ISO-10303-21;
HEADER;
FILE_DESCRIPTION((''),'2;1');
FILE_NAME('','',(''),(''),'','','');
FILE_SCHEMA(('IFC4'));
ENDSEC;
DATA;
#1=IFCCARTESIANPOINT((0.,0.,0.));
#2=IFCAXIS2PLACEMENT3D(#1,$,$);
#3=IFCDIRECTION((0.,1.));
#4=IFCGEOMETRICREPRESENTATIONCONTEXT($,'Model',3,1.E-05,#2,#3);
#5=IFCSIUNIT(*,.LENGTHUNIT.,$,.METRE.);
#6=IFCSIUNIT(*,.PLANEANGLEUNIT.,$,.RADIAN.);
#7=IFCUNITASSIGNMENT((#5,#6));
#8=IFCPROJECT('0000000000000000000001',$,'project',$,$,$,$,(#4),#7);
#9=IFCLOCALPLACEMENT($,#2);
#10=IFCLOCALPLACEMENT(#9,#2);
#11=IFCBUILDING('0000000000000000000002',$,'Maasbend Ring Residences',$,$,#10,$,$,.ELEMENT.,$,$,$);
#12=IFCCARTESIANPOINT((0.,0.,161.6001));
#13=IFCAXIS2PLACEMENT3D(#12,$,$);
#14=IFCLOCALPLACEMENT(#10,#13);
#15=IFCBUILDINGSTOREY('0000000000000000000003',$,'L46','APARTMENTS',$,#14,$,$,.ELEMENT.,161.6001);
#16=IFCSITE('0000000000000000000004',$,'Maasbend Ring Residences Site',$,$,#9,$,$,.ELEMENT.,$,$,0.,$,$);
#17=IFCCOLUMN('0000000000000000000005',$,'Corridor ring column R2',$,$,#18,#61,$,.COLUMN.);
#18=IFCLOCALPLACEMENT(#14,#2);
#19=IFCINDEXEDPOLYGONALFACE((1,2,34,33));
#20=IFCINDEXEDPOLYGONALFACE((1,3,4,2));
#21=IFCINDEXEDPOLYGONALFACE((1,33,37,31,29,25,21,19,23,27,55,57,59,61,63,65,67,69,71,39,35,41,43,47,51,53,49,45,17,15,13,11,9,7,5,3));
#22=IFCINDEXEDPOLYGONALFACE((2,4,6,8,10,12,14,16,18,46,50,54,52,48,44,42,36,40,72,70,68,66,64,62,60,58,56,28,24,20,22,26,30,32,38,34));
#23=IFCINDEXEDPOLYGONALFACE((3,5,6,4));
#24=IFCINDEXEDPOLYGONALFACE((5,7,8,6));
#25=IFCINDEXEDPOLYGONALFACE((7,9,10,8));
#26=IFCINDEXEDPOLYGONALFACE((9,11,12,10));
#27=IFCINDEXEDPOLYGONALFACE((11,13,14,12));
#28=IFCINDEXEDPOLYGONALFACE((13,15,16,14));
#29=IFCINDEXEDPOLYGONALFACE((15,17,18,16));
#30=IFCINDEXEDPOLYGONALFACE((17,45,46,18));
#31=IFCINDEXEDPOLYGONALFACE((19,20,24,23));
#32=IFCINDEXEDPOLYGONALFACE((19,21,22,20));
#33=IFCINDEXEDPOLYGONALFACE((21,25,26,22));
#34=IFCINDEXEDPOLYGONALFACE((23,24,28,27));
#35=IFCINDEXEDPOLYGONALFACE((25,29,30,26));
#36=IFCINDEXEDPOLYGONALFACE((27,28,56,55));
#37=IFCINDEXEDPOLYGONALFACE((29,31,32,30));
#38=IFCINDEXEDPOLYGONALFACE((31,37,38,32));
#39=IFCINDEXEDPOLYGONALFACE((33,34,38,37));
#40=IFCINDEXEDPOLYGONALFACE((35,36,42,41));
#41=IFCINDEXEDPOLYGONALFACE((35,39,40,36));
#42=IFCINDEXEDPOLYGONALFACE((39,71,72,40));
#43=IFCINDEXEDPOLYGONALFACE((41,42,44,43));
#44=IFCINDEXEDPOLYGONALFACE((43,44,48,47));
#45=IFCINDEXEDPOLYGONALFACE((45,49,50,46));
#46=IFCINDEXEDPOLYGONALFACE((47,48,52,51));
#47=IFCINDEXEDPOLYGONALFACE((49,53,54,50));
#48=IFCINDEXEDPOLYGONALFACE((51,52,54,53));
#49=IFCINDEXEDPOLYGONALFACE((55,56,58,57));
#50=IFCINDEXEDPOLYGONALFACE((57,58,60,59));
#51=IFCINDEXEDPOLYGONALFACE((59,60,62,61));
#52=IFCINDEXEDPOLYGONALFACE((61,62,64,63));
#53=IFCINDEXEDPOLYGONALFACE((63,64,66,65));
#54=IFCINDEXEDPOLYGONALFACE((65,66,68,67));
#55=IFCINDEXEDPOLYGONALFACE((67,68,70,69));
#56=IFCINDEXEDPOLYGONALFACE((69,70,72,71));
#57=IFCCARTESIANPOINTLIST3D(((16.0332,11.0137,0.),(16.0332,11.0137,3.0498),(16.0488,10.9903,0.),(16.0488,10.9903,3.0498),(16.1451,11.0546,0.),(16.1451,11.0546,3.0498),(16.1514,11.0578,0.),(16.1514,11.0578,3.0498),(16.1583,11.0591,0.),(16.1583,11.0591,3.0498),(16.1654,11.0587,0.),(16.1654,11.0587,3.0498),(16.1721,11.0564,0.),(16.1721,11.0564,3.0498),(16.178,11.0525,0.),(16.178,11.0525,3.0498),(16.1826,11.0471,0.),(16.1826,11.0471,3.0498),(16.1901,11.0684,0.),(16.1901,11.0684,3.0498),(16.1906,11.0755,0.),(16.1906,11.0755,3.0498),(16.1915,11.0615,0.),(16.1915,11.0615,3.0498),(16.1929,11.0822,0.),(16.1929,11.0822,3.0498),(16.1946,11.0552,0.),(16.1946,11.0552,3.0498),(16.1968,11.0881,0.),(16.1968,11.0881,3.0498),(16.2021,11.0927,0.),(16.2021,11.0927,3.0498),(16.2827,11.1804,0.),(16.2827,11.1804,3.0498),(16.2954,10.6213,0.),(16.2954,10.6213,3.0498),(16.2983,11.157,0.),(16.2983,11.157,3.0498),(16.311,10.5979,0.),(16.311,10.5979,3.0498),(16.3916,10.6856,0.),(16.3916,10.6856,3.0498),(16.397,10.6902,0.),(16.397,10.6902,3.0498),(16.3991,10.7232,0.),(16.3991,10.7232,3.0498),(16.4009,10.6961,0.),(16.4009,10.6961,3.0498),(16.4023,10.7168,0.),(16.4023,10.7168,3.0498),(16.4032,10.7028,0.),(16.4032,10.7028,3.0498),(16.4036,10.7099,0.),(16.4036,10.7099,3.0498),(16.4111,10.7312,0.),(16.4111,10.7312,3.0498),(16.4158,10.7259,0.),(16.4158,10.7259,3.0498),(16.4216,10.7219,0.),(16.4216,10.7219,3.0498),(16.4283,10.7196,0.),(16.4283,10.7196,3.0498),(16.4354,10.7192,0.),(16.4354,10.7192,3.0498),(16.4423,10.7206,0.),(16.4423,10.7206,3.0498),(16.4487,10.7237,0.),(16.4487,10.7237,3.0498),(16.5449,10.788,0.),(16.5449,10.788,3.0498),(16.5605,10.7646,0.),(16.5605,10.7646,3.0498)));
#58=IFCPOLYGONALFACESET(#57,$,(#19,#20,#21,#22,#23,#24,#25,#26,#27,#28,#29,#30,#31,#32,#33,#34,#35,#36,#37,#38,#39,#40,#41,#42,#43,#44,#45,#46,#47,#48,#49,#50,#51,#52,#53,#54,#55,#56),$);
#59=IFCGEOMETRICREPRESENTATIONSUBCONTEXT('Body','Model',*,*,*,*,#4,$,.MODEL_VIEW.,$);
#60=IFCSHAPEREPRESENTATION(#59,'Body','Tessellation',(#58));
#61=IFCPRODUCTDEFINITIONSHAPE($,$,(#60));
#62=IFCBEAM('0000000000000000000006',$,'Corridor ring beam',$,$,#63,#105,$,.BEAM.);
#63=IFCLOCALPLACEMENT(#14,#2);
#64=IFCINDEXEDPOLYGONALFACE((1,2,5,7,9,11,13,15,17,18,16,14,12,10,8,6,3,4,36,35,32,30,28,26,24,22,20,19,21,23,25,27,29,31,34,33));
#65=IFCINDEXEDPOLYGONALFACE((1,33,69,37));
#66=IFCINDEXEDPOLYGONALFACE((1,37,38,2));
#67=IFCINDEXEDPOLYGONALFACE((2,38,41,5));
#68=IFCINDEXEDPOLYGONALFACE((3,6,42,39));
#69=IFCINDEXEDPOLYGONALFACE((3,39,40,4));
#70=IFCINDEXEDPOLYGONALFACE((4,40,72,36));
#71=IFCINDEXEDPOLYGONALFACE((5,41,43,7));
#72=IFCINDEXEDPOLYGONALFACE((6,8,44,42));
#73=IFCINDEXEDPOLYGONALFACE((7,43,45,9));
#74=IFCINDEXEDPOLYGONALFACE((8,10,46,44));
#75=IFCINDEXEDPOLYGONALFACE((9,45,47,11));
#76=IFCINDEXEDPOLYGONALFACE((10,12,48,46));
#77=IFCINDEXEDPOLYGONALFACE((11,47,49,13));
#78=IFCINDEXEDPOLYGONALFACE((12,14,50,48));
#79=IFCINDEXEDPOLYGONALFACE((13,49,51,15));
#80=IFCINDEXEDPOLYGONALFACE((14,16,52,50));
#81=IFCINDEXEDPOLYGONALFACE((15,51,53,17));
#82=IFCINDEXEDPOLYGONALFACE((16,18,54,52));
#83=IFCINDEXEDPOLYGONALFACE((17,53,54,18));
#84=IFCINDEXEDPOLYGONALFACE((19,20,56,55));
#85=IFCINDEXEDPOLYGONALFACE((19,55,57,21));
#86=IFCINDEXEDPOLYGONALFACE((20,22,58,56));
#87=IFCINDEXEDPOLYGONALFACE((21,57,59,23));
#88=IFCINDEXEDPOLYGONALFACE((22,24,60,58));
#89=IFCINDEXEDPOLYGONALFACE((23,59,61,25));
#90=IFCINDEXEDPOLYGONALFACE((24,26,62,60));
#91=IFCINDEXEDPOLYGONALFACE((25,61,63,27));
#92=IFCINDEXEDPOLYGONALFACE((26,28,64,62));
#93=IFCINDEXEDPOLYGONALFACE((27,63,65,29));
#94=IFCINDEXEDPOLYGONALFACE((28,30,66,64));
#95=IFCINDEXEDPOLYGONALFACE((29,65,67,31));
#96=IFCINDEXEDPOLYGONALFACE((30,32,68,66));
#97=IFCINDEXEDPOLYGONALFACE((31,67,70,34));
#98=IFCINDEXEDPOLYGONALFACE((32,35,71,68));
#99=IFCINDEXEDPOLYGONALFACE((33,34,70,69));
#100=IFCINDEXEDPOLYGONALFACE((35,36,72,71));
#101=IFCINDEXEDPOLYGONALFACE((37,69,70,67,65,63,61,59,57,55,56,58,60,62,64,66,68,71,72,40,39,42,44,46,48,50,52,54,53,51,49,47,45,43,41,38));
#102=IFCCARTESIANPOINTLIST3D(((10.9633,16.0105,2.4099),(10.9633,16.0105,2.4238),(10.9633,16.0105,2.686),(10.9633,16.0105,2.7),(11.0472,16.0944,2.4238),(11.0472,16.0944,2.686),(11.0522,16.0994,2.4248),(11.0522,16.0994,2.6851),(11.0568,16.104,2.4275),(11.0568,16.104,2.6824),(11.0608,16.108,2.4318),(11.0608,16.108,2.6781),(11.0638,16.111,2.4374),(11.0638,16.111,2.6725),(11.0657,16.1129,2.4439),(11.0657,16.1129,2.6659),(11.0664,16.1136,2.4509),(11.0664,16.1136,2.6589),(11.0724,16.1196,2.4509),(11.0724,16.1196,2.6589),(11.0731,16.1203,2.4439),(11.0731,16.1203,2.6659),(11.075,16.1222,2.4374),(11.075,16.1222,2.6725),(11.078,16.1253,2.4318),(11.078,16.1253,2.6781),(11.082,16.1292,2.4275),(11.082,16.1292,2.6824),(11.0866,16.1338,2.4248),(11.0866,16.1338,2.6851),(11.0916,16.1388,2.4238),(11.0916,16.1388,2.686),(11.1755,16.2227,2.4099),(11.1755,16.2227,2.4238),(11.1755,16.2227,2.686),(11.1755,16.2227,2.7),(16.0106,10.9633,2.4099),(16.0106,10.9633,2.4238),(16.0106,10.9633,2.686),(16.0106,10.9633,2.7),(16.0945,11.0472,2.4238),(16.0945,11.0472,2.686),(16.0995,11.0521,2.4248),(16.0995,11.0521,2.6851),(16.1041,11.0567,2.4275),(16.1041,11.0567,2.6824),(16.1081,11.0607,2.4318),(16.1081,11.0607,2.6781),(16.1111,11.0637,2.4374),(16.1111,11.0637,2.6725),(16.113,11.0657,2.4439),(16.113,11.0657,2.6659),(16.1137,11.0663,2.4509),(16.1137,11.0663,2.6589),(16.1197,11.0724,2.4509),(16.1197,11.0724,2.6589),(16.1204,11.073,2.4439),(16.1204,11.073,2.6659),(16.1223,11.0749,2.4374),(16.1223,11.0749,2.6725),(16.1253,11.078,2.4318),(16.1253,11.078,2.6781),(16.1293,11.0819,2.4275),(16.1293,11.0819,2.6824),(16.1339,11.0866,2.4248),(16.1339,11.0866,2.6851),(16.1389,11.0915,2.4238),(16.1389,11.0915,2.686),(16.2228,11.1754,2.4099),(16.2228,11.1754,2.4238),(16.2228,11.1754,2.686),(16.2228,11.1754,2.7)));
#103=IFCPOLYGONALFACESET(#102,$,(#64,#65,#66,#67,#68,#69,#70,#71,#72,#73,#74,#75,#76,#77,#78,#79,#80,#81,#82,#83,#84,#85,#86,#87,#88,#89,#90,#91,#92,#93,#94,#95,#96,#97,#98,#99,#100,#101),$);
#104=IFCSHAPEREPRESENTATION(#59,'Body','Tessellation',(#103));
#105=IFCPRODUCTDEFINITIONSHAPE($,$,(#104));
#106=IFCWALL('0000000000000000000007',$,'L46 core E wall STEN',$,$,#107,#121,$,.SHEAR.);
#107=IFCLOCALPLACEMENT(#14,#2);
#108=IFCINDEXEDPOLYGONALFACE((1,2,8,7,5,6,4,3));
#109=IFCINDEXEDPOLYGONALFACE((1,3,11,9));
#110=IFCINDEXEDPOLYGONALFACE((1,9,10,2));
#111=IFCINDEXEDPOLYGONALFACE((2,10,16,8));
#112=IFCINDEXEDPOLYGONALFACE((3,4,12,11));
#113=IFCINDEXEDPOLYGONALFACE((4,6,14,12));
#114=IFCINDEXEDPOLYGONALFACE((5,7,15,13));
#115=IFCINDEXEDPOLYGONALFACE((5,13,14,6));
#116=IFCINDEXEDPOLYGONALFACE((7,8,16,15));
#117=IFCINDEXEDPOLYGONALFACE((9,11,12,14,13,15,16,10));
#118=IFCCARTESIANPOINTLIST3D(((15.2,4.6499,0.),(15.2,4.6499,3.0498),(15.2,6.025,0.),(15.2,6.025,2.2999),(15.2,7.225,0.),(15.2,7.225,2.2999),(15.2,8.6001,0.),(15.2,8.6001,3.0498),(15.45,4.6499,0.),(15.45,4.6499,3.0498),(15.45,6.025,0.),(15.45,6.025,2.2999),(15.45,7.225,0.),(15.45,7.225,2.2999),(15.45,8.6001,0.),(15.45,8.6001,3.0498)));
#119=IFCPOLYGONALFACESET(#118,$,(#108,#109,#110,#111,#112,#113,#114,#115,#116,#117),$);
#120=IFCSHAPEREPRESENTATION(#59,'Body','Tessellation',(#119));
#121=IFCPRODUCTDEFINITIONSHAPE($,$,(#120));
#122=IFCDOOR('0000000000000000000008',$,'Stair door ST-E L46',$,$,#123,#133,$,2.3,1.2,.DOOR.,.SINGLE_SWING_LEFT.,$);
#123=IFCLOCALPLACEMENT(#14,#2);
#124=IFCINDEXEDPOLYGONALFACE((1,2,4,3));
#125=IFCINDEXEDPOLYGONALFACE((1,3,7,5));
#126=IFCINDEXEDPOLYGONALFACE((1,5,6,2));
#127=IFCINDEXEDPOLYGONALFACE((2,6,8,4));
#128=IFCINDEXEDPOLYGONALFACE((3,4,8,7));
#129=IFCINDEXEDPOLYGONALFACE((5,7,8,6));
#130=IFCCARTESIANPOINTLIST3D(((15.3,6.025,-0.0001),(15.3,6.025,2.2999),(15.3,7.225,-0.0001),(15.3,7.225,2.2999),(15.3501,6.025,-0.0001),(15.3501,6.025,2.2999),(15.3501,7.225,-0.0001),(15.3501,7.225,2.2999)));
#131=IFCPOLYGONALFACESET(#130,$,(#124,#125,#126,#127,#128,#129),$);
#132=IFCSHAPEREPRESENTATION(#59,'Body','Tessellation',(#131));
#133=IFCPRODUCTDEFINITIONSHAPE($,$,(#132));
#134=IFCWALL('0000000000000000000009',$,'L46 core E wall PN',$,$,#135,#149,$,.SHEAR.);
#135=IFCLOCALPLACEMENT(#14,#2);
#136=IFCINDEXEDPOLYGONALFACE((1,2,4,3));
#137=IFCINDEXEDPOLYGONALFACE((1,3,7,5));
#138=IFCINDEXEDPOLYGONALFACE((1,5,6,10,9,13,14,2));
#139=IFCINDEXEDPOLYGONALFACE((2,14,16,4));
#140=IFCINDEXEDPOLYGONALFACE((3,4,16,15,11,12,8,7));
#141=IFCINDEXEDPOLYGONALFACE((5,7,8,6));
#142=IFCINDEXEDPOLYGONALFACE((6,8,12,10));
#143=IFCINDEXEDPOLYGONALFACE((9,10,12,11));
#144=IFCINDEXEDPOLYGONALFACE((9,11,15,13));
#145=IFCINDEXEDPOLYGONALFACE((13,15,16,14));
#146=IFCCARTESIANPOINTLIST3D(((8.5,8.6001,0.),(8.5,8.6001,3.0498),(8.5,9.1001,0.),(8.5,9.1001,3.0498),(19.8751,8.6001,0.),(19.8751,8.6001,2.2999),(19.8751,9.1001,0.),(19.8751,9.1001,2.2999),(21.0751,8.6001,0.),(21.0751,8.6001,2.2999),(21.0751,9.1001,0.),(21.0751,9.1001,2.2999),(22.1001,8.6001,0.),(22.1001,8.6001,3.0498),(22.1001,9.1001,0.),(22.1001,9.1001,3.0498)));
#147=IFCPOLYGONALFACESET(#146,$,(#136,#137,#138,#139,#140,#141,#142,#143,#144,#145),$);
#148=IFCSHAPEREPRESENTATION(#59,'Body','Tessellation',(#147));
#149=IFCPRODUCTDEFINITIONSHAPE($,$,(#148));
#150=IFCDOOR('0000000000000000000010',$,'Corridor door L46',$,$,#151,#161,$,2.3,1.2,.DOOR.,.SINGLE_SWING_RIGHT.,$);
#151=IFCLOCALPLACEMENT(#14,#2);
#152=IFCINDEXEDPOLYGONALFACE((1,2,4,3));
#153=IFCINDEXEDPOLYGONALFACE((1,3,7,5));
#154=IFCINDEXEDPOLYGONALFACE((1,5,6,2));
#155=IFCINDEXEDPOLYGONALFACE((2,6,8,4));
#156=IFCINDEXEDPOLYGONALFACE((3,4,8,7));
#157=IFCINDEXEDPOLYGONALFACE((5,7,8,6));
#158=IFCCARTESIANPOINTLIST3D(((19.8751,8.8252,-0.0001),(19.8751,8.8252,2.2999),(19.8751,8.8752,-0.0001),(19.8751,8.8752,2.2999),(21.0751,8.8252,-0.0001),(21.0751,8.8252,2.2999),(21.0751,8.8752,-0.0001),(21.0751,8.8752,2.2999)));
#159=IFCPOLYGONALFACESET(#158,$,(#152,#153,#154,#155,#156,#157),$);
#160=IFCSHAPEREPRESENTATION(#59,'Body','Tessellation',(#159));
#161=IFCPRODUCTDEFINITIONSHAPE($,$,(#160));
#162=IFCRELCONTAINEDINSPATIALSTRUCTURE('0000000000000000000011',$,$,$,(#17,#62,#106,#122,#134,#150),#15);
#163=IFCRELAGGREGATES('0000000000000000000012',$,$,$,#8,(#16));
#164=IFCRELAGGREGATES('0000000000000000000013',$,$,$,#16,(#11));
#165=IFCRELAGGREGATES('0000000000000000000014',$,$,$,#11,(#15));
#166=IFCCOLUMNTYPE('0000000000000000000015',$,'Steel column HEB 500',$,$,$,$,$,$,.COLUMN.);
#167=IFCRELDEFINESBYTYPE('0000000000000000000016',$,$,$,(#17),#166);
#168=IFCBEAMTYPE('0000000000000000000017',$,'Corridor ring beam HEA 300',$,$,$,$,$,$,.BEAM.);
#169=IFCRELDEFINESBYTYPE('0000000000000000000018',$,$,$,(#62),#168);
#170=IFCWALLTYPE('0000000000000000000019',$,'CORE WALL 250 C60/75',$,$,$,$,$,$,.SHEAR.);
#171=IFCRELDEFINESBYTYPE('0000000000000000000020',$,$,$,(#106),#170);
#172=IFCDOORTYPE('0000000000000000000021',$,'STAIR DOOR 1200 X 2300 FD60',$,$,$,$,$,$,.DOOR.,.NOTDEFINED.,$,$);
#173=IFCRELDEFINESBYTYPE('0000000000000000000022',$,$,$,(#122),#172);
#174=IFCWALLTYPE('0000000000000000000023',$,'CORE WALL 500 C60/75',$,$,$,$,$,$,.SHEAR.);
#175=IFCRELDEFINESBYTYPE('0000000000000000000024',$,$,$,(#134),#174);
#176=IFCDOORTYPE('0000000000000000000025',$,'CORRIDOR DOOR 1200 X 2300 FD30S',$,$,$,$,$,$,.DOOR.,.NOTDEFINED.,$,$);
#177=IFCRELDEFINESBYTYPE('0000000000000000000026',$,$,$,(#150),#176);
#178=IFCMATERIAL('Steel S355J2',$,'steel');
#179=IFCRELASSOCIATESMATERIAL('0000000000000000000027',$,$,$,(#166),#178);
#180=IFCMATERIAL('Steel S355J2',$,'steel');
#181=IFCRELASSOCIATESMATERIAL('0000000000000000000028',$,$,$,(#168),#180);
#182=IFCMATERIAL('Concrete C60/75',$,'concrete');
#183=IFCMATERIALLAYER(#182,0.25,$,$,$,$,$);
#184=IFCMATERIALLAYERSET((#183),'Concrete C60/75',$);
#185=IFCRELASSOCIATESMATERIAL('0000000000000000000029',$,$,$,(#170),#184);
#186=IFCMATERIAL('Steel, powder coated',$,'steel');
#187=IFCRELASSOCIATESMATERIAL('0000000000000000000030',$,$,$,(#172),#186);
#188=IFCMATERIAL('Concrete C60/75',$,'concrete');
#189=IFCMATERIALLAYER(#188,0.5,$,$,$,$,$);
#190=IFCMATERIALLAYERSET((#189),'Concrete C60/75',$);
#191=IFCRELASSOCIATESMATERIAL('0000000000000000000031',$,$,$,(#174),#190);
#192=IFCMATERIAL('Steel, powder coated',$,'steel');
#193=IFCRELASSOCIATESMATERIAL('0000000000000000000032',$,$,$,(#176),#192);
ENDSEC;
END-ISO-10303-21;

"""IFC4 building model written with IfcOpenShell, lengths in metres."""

from ifc_helpers import new_model, si_unit, direction, frame, frame_2d, origin, origin_2d, place, context, subcontext, project, spatial, rectangle, i_section, extrude, material, layer, layer_set, material_profile, profile_set, type_object, element, fill, save


model = new_model("IFC4")

# Units and contexts
model_context = context("Model", 3, precision=1e-05, world=origin(), true_north=direction((0.0, 1.0)))
body_context = subcontext(model_context, "Body", "Model", "MODEL_VIEW")
ifc_project = project(units=[si_unit("LENGTHUNIT", "METRE"), si_unit("PLANEANGLEUNIT", "RADIAN")], contexts=[model_context])

# Site, building, storey
site_placement = place(None, origin())
site = spatial("IfcSite", under=ifc_project, at=site_placement, Name="Maasbend Ring Residences Site", CompositionType="ELEMENT", RefElevation=0.0)
building_placement = place(site_placement, origin())
building = spatial("IfcBuilding", under=site, at=building_placement, Name="Maasbend Ring Residences", CompositionType="ELEMENT")
storey_placement = place(building_placement, frame((0.0, 0.0, 161.6001)))
storey = spatial("IfcBuildingStorey", under=building, at=storey_placement, Name="L46", Description="APARTMENTS", CompositionType="ELEMENT", Elevation=161.6001)

# Column
ifc_material_1 = material(Name="Steel S355J2", Category="steel")
ifc_material_profile_1 = material_profile(ifc_material_1, i_section(OverallWidth=0.3, OverallDepth=0.5, WebThickness=0.0144, FlangeThickness=0.0281, FilletRadius=0.0271, at=origin_2d()), Name="HEB 500")
ifc_profile_set_1 = profile_set([ifc_material_profile_1], Name="Steel S355J2")
column_type = type_object("IfcColumnType", Name="Steel column HEB 500", PredefinedType="COLUMN", material=ifc_profile_set_1)
column_placement = place(storey_placement, frame((16.2969, 10.8892, 0.0), z_axis=(0.0, 0.0, 1.0), x_axis=(0.83147, 0.55557, 0.0)))
element("IfcColumn", 1, at=column_placement, inside=storey, type_object=column_type, Name="Corridor ring column R2", PredefinedType="COLUMN", context=body_context, shape_type="SweptSolid", body=[
    extrude(i_section(OverallWidth=0.3, OverallDepth=0.5, WebThickness=0.0144, FlangeThickness=0.0281, FilletRadius=0.0271, at=origin_2d()), origin(), (0.0, 0.0, 1.0), 3.0498),
])

# Beam
ifc_material_2 = material(Name="Steel S355J2", Category="steel")
ifc_material_profile_2 = material_profile(ifc_material_2, i_section(OverallWidth=0.3, OverallDepth=0.29, WebThickness=0.0085, FlangeThickness=0.0139, FilletRadius=0.0271, at=origin_2d()), Name="HEA 300")
ifc_profile_set_2 = profile_set([ifc_material_profile_2], Name="Steel S355J2")
beam_type = type_object("IfcBeamType", Name="Corridor ring beam HEA 300", PredefinedType="BEAM", material=ifc_profile_set_2)
beam_placement = place(storey_placement, frame((16.1167, 11.0693, 2.5549), z_axis=(-0.707107, 0.707107, 0.0), x_axis=(-0.707107, -0.707107, 0.0)))
element("IfcBeam", 2, at=beam_placement, inside=storey, type_object=beam_type, Name="Corridor ring beam", PredefinedType="BEAM", context=body_context, shape_type="SweptSolid", body=[
    extrude(i_section(OverallWidth=0.3, OverallDepth=0.29, WebThickness=0.0085, FlangeThickness=0.0139, FilletRadius=0.0271, at=origin_2d()), origin(), (0.0, 0.0, 1.0), 7.1379),
])

# Walls, openings, doors
ifc_material_3 = material(Name="Concrete C60/75", Category="concrete")
ifc_layer_1 = layer(ifc_material_3, 0.25)
ifc_layer_set_1 = layer_set([ifc_layer_1], Name="Concrete C60/75")
wall_type_1 = type_object("IfcWallType", Name="CORE WALL 250 C60/75", PredefinedType="SHEAR", material=ifc_layer_set_1)
wall_1_placement = place(storey_placement, frame((15.325, 4.6499, 0.0), z_axis=(0.0, 0.0, 1.0), x_axis=(0.0, 1.0, 0.0)))
wall_1 = element("IfcWall", 3, at=wall_1_placement, inside=storey, type_object=wall_type_1, Name="L46 core E wall STEN", PredefinedType="SHEAR", context=body_context, shape_type="SweptSolid", body=[
    extrude(rectangle(XDim=3.9502, YDim=0.25, at=frame_2d((1.9751, 0.0))), origin(), (0.0, 0.0, 1.0), 3.0498),
])
opening_1_placement = place(wall_1_placement, frame((1.375, 0.0, 0.0)))
opening_1 = element("IfcOpeningElement", 4, at=opening_1_placement, cuts=wall_1, PredefinedType="OPENING", context=body_context, shape_type="SweptSolid", body=[
    extrude(rectangle(XDim=1.2, YDim=2.3, at=frame_2d((0.6001, 1.1499))), frame((0.0, 0.135, 0.0), z_axis=(0.0, -1.0, 0.0), x_axis=(1.0, 0.0, 0.0)), (0.0, 0.0, 1.0), 0.27),
])
ifc_material_4 = material(Name="Steel, powder coated", Category="steel")
door_type_1 = type_object("IfcDoorType", Name="STAIR DOOR 1200 X 2300 FD60", OperationType="NOTDEFINED", PredefinedType="DOOR", material=ifc_material_4)
door_1_placement = place(opening_1_placement, origin())
door_1 = element("IfcDoor", 5, at=door_1_placement, inside=storey, type_object=door_type_1, Name="Stair door ST-E L46", OperationType="SINGLE_SWING_LEFT", OverallHeight=2.3, OverallWidth=1.2, PredefinedType="DOOR", context=body_context, shape_type="SweptSolid", body=[
    extrude(rectangle(XDim=1.2, YDim=2.3, at=frame_2d((0.6001, 1.1499))), frame((0.0, 0.0249, 0.0), z_axis=(0.0, -1.0, 0.0), x_axis=(1.0, 0.0, 0.0)), (0.0, 0.0, 1.0), 0.05),
])
fill(opening_1, door_1)
ifc_material_5 = material(Name="Concrete C60/75", Category="concrete")
ifc_layer_2 = layer(ifc_material_5, 0.5)
ifc_layer_set_2 = layer_set([ifc_layer_2], Name="Concrete C60/75")
wall_type_2 = type_object("IfcWallType", Name="CORE WALL 500 C60/75", PredefinedType="SHEAR", material=ifc_layer_set_2)
wall_2_placement = place(storey_placement, frame((22.1001, 8.8501, 0.0), z_axis=(0.0, 0.0, 1.0), x_axis=(-1.0, 0.0, 0.0)))
wall_2 = element("IfcWall", 6, at=wall_2_placement, inside=storey, type_object=wall_type_2, Name="L46 core E wall PN", PredefinedType="SHEAR", context=body_context, shape_type="SweptSolid", body=[
    extrude(rectangle(XDim=13.6001, YDim=0.5, at=frame_2d((6.8, 0.0))), origin(), (0.0, 0.0, 1.0), 3.0498),
])
opening_2_placement = place(wall_2_placement, frame((1.0249, 0.0, 0.0)))
opening_2 = element("IfcOpeningElement", 7, at=opening_2_placement, cuts=wall_2, PredefinedType="OPENING", context=body_context, shape_type="SweptSolid", body=[
    extrude(rectangle(XDim=1.2, YDim=2.3, at=frame_2d((0.6001, 1.1499))), frame((0.0, 0.26, 0.0), z_axis=(0.0, -1.0, 0.0), x_axis=(1.0, 0.0, 0.0)), (0.0, 0.0, 1.0), 0.52),
])
ifc_material_6 = material(Name="Steel, powder coated", Category="steel")
door_type_2 = type_object("IfcDoorType", Name="CORRIDOR DOOR 1200 X 2300 FD30S", OperationType="NOTDEFINED", PredefinedType="DOOR", material=ifc_material_6)
door_2_placement = place(opening_2_placement, origin())
door_2 = element("IfcDoor", 8, at=door_2_placement, inside=storey, type_object=door_type_2, Name="Corridor door L46", OperationType="SINGLE_SWING_RIGHT", OverallHeight=2.3, OverallWidth=1.2, PredefinedType="DOOR", context=body_context, shape_type="SweptSolid", body=[
    extrude(rectangle(XDim=1.2, YDim=2.3, at=frame_2d((0.6001, 1.1499))), frame((0.0, 0.0249, 0.0), z_axis=(0.0, -1.0, 0.0), x_axis=(1.0, 0.0, 0.0)), (0.0, 0.0, 1.0), 0.05),
])
fill(opening_2, door_2)

save(model, "model.ifc")
